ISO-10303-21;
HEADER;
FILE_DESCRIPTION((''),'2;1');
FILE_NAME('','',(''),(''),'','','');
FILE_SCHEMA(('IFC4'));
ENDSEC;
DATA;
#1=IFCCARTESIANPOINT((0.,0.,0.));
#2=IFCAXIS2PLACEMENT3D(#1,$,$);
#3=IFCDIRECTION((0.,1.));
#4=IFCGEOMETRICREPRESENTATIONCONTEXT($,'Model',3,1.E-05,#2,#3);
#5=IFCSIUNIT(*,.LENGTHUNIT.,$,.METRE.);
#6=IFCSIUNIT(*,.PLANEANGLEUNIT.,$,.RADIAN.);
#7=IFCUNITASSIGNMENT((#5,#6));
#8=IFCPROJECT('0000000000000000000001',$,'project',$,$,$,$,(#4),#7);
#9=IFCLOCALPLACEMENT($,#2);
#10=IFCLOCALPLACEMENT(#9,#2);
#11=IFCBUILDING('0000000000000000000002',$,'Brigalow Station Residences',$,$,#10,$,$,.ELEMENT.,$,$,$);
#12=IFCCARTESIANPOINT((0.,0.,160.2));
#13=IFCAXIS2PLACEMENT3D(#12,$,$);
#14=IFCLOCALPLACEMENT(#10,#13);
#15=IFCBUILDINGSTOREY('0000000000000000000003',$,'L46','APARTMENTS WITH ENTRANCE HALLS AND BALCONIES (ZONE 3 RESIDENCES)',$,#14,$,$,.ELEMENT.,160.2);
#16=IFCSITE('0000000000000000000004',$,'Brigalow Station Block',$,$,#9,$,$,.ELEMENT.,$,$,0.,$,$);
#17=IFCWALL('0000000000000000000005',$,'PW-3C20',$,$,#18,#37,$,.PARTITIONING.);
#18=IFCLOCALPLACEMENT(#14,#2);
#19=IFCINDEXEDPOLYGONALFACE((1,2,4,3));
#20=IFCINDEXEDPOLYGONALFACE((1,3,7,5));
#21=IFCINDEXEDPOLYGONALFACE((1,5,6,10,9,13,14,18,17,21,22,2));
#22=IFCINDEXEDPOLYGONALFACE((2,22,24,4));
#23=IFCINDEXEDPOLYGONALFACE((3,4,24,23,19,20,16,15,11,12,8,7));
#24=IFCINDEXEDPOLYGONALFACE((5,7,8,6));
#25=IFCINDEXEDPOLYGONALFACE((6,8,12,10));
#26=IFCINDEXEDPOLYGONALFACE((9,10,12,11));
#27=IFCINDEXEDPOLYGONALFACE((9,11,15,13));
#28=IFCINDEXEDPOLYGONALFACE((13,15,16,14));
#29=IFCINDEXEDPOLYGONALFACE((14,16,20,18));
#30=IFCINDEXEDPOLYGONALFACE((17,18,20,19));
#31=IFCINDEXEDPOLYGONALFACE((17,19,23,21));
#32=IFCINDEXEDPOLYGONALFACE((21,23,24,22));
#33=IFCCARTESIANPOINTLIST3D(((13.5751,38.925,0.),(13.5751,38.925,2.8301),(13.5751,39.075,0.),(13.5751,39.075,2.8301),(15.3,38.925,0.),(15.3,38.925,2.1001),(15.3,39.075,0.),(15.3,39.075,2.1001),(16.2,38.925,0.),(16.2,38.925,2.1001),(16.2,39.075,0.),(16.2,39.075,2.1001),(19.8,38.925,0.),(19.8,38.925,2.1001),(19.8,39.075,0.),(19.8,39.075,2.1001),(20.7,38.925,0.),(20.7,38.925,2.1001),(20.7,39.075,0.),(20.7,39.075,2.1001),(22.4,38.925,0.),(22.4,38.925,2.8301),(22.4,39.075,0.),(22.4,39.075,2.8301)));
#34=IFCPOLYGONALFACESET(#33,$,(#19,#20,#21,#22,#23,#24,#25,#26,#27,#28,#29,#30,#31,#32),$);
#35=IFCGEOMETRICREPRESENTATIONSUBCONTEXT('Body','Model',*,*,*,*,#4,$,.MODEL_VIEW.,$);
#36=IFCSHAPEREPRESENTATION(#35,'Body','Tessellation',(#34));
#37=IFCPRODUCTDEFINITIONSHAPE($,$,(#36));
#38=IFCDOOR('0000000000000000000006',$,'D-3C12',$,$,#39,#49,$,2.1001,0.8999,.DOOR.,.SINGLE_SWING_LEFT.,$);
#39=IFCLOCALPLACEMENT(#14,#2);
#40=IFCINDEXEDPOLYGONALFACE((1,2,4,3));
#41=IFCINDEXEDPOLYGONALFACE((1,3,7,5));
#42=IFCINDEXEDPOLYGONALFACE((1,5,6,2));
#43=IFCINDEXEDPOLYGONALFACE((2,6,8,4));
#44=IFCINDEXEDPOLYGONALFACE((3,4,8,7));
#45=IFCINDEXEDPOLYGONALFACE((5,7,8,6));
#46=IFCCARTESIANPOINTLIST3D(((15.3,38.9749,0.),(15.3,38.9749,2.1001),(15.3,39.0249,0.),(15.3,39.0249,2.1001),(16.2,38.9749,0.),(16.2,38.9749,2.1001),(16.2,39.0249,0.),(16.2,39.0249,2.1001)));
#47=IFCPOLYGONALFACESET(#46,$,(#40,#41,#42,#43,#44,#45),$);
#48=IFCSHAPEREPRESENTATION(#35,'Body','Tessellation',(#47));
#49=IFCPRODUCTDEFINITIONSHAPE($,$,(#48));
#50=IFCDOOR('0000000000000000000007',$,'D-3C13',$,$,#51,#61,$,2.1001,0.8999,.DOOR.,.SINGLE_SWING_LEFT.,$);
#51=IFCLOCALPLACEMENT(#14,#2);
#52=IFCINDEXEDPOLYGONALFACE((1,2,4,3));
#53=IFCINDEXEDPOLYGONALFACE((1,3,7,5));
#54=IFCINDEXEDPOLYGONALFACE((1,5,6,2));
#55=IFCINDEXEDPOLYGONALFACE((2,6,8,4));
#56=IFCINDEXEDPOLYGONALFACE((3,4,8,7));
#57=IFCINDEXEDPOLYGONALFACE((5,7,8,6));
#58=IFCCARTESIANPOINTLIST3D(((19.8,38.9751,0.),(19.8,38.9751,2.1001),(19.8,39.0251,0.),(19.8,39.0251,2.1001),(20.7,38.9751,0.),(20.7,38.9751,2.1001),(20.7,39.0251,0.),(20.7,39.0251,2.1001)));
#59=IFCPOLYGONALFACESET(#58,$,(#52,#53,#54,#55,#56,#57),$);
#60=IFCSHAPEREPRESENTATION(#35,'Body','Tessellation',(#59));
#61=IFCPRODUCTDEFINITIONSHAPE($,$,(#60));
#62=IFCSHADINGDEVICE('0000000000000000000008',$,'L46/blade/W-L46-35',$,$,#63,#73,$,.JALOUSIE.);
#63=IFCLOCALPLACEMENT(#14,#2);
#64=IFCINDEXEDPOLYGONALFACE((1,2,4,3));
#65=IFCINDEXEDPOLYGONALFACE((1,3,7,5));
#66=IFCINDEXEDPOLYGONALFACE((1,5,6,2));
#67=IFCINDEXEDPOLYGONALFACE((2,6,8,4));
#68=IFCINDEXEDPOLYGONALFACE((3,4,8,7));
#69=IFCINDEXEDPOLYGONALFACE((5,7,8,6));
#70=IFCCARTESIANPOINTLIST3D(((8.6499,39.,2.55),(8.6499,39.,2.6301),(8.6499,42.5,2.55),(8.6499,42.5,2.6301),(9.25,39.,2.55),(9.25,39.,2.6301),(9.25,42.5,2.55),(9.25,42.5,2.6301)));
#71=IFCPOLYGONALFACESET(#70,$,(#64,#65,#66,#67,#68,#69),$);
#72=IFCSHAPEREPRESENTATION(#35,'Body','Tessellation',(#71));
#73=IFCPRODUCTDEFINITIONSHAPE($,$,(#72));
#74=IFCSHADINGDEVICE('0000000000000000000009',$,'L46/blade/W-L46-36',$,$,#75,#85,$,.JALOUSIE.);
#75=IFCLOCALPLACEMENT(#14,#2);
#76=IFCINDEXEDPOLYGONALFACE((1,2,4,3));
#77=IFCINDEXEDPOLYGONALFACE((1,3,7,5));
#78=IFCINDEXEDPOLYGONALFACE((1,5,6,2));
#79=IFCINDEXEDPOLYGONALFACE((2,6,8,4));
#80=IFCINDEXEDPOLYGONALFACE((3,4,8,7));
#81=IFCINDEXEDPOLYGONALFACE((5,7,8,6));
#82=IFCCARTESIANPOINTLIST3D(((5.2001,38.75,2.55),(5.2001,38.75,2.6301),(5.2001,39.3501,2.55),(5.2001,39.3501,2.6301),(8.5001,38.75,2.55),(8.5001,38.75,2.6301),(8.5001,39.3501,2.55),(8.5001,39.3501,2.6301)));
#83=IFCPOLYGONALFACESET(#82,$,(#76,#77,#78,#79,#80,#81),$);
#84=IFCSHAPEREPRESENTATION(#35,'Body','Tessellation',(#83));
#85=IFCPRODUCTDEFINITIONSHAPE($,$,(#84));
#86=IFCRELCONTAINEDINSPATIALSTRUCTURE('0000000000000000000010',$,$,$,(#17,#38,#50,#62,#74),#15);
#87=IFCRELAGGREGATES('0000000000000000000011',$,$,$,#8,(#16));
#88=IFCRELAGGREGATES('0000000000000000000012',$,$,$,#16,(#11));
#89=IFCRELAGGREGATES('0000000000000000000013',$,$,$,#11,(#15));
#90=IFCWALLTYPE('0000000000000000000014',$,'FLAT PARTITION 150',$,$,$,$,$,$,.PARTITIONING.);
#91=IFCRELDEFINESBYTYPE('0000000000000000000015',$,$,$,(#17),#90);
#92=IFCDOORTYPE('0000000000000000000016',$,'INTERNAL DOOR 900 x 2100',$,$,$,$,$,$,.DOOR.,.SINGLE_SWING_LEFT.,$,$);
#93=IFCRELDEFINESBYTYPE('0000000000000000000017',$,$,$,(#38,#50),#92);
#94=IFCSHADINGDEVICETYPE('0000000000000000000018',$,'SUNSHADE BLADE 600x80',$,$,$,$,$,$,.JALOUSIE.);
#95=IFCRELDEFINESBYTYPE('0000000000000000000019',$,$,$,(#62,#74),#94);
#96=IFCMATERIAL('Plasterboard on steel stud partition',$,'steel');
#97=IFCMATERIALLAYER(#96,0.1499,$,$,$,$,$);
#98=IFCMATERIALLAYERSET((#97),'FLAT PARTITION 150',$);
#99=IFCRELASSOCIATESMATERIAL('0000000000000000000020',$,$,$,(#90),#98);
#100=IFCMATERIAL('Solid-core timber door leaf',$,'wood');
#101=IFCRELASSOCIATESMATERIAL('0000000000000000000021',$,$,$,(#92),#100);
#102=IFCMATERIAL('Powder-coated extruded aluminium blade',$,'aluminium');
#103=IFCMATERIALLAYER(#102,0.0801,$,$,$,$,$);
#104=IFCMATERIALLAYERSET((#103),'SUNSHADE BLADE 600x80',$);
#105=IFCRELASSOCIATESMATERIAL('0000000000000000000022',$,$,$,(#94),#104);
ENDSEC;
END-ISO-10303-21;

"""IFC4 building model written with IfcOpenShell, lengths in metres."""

from ifc_helpers import new_model, si_unit, direction, frame, frame_2d, origin, origin_2d, place, context, subcontext, project, spatial, rectangle, extrude, material, layer, layer_set, type_object, element, fill, save


model = new_model("IFC4")

# Units and contexts
model_context = context("Model", 3, precision=1e-05, world=origin(), true_north=direction((0.0, 1.0)))
body_context = subcontext(model_context, "Body", "Model", "MODEL_VIEW")
ifc_project = project(units=[si_unit("LENGTHUNIT", "METRE"), si_unit("PLANEANGLEUNIT", "RADIAN")], contexts=[model_context])

# Site, building, storey
site_placement = place(None, origin())
site = spatial("IfcSite", under=ifc_project, at=site_placement, Name="Brigalow Station Block", CompositionType="ELEMENT", RefElevation=0.0)
building_placement = place(site_placement, origin())
building = spatial("IfcBuilding", under=site, at=building_placement, Name="Brigalow Station Residences", CompositionType="ELEMENT")
storey_placement = place(building_placement, frame((0.0, 0.0, 160.2)))
storey = spatial("IfcBuildingStorey", under=building, at=storey_placement, Name="L46", Description="APARTMENTS WITH ENTRANCE HALLS AND BALCONIES (ZONE 3 RESIDENCES)", CompositionType="ELEMENT", Elevation=160.2)

# Wall, openings, doors
ifc_material_1 = material(Name="Plasterboard on steel stud partition", Category="steel")
ifc_layer_1 = layer(ifc_material_1, 0.1499)
ifc_layer_set_1 = layer_set([ifc_layer_1], Name="FLAT PARTITION 150")
wall_type_1 = type_object("IfcWallType", Name="FLAT PARTITION 150", PredefinedType="PARTITIONING", material=ifc_layer_set_1)
wall_1_placement = place(storey_placement, frame((13.575, 39.0, 0.0), z_axis=(0.0, 0.0, 1.0), x_axis=(1.0, 0.0, 0.0)))
wall_1 = element("IfcWall", 1, at=wall_1_placement, inside=storey, type_object=wall_type_1, Name="PW-3C20", PredefinedType="PARTITIONING", context=body_context, shape_type="SweptSolid", body=[
    extrude(rectangle(XDim=8.825, YDim=0.1499, at=frame_2d((4.4126, 0.0))), origin(), (0.0, 0.0, 1.0), 2.8301),
])
opening_1_placement = place(wall_1_placement, frame((1.7251, 0.0, 0.0)))
opening_1 = element("IfcOpeningElement", 2, at=opening_1_placement, cuts=wall_1, PredefinedType="OPENING", context=body_context, shape_type="SweptSolid", body=[
    extrude(rectangle(XDim=0.8999, YDim=2.1001, at=frame_2d((0.45, 1.05))), frame((0.0, 0.085, 0.0), z_axis=(0.0, -1.0, 0.0), x_axis=(1.0, 0.0, 0.0)), (0.0, 0.0, 1.0), 0.1699),
])
opening_2_placement = place(wall_1_placement, frame((6.2251, 0.0, 0.0)))
opening_2 = element("IfcOpeningElement", 3, at=opening_2_placement, cuts=wall_1, PredefinedType="OPENING", context=body_context, shape_type="SweptSolid", body=[
    extrude(rectangle(XDim=0.8999, YDim=2.1001, at=frame_2d((0.45, 1.05))), frame((0.0, 0.085, 0.0), z_axis=(0.0, -1.0, 0.0), x_axis=(1.0, 0.0, 0.0)), (0.0, 0.0, 1.0), 0.1699),
])
ifc_material_2 = material(Name="Solid-core timber door leaf", Category="wood")
door_type_1 = type_object("IfcDoorType", Name="INTERNAL DOOR 900 x 2100", OperationType="SINGLE_SWING_LEFT", PredefinedType="DOOR", material=ifc_material_2)
door_1_placement = place(opening_1_placement, origin())
door_1 = element("IfcDoor", 4, at=door_1_placement, inside=storey, type_object=door_type_1, Name="D-3C12", OperationType="SINGLE_SWING_LEFT", OverallHeight=2.1001, OverallWidth=0.8999, PredefinedType="DOOR", context=body_context, shape_type="SweptSolid", body=[
    extrude(rectangle(XDim=0.8999, YDim=2.1001, at=frame_2d((0.45, 1.05))), frame((0.0, 0.0249, 0.0), z_axis=(0.0, -1.0, 0.0), x_axis=(1.0, 0.0, 0.0)), (0.0, 0.0, 1.0), 0.05),
])
fill(opening_1, door_1)
door_2_placement = place(opening_2_placement, frame((0.8999, 0.0, 0.0), z_axis=(0.0, 0.0, 1.0), x_axis=(-1.0, 0.0, 0.0)))
door_2 = element("IfcDoor", 5, at=door_2_placement, inside=storey, type_object=door_type_1, Name="D-3C13", OperationType="SINGLE_SWING_LEFT", OverallHeight=2.1001, OverallWidth=0.8999, PredefinedType="DOOR", context=body_context, shape_type="SweptSolid", body=[
    extrude(rectangle(XDim=0.8999, YDim=2.1001, at=frame_2d((0.45, 1.05))), frame((0.0, 0.0249, 0.0), z_axis=(0.0, -1.0, 0.0), x_axis=(1.0, 0.0, 0.0)), (0.0, 0.0, 1.0), 0.05),
])
fill(opening_2, door_2)

# Shading devices
ifc_material_3 = material(Name="Powder-coated extruded aluminium blade", Category="aluminium")
ifc_layer_2 = layer(ifc_material_3, 0.0801)
ifc_layer_set_2 = layer_set([ifc_layer_2], Name="SUNSHADE BLADE 600x80")
shading_device_type = type_object("IfcShadingDeviceType", Name="SUNSHADE BLADE 600x80", PredefinedType="JALOUSIE", material=ifc_layer_set_2)
shading_device_1_placement = place(storey_placement, frame((8.95, 40.75, 2.55), z_axis=(0.0, 0.0, 1.0), x_axis=(0.0, -1.0, 0.0)))
element("IfcShadingDevice", 6, at=shading_device_1_placement, inside=storey, type_object=shading_device_type, Name="L46/blade/W-L46-35", PredefinedType="JALOUSIE", context=body_context, shape_type="SweptSolid", body=[
    extrude(rectangle(XDim=3.5, YDim=0.6001, at=origin_2d()), origin(), (0.0, 0.0, 1.0), 0.0801),
])
shading_device_2_placement = place(storey_placement, frame((6.8501, 39.05, 2.55), z_axis=(0.0, 0.0, 1.0), x_axis=(-1.0, 0.0, 0.0)))
element("IfcShadingDevice", 7, at=shading_device_2_placement, inside=storey, type_object=shading_device_type, Name="L46/blade/W-L46-36", PredefinedType="JALOUSIE", context=body_context, shape_type="SweptSolid", body=[
    extrude(rectangle(XDim=3.3, YDim=0.6001, at=origin_2d()), origin(), (0.0, 0.0, 1.0), 0.0801),
])

save(model, "model.ifc")
